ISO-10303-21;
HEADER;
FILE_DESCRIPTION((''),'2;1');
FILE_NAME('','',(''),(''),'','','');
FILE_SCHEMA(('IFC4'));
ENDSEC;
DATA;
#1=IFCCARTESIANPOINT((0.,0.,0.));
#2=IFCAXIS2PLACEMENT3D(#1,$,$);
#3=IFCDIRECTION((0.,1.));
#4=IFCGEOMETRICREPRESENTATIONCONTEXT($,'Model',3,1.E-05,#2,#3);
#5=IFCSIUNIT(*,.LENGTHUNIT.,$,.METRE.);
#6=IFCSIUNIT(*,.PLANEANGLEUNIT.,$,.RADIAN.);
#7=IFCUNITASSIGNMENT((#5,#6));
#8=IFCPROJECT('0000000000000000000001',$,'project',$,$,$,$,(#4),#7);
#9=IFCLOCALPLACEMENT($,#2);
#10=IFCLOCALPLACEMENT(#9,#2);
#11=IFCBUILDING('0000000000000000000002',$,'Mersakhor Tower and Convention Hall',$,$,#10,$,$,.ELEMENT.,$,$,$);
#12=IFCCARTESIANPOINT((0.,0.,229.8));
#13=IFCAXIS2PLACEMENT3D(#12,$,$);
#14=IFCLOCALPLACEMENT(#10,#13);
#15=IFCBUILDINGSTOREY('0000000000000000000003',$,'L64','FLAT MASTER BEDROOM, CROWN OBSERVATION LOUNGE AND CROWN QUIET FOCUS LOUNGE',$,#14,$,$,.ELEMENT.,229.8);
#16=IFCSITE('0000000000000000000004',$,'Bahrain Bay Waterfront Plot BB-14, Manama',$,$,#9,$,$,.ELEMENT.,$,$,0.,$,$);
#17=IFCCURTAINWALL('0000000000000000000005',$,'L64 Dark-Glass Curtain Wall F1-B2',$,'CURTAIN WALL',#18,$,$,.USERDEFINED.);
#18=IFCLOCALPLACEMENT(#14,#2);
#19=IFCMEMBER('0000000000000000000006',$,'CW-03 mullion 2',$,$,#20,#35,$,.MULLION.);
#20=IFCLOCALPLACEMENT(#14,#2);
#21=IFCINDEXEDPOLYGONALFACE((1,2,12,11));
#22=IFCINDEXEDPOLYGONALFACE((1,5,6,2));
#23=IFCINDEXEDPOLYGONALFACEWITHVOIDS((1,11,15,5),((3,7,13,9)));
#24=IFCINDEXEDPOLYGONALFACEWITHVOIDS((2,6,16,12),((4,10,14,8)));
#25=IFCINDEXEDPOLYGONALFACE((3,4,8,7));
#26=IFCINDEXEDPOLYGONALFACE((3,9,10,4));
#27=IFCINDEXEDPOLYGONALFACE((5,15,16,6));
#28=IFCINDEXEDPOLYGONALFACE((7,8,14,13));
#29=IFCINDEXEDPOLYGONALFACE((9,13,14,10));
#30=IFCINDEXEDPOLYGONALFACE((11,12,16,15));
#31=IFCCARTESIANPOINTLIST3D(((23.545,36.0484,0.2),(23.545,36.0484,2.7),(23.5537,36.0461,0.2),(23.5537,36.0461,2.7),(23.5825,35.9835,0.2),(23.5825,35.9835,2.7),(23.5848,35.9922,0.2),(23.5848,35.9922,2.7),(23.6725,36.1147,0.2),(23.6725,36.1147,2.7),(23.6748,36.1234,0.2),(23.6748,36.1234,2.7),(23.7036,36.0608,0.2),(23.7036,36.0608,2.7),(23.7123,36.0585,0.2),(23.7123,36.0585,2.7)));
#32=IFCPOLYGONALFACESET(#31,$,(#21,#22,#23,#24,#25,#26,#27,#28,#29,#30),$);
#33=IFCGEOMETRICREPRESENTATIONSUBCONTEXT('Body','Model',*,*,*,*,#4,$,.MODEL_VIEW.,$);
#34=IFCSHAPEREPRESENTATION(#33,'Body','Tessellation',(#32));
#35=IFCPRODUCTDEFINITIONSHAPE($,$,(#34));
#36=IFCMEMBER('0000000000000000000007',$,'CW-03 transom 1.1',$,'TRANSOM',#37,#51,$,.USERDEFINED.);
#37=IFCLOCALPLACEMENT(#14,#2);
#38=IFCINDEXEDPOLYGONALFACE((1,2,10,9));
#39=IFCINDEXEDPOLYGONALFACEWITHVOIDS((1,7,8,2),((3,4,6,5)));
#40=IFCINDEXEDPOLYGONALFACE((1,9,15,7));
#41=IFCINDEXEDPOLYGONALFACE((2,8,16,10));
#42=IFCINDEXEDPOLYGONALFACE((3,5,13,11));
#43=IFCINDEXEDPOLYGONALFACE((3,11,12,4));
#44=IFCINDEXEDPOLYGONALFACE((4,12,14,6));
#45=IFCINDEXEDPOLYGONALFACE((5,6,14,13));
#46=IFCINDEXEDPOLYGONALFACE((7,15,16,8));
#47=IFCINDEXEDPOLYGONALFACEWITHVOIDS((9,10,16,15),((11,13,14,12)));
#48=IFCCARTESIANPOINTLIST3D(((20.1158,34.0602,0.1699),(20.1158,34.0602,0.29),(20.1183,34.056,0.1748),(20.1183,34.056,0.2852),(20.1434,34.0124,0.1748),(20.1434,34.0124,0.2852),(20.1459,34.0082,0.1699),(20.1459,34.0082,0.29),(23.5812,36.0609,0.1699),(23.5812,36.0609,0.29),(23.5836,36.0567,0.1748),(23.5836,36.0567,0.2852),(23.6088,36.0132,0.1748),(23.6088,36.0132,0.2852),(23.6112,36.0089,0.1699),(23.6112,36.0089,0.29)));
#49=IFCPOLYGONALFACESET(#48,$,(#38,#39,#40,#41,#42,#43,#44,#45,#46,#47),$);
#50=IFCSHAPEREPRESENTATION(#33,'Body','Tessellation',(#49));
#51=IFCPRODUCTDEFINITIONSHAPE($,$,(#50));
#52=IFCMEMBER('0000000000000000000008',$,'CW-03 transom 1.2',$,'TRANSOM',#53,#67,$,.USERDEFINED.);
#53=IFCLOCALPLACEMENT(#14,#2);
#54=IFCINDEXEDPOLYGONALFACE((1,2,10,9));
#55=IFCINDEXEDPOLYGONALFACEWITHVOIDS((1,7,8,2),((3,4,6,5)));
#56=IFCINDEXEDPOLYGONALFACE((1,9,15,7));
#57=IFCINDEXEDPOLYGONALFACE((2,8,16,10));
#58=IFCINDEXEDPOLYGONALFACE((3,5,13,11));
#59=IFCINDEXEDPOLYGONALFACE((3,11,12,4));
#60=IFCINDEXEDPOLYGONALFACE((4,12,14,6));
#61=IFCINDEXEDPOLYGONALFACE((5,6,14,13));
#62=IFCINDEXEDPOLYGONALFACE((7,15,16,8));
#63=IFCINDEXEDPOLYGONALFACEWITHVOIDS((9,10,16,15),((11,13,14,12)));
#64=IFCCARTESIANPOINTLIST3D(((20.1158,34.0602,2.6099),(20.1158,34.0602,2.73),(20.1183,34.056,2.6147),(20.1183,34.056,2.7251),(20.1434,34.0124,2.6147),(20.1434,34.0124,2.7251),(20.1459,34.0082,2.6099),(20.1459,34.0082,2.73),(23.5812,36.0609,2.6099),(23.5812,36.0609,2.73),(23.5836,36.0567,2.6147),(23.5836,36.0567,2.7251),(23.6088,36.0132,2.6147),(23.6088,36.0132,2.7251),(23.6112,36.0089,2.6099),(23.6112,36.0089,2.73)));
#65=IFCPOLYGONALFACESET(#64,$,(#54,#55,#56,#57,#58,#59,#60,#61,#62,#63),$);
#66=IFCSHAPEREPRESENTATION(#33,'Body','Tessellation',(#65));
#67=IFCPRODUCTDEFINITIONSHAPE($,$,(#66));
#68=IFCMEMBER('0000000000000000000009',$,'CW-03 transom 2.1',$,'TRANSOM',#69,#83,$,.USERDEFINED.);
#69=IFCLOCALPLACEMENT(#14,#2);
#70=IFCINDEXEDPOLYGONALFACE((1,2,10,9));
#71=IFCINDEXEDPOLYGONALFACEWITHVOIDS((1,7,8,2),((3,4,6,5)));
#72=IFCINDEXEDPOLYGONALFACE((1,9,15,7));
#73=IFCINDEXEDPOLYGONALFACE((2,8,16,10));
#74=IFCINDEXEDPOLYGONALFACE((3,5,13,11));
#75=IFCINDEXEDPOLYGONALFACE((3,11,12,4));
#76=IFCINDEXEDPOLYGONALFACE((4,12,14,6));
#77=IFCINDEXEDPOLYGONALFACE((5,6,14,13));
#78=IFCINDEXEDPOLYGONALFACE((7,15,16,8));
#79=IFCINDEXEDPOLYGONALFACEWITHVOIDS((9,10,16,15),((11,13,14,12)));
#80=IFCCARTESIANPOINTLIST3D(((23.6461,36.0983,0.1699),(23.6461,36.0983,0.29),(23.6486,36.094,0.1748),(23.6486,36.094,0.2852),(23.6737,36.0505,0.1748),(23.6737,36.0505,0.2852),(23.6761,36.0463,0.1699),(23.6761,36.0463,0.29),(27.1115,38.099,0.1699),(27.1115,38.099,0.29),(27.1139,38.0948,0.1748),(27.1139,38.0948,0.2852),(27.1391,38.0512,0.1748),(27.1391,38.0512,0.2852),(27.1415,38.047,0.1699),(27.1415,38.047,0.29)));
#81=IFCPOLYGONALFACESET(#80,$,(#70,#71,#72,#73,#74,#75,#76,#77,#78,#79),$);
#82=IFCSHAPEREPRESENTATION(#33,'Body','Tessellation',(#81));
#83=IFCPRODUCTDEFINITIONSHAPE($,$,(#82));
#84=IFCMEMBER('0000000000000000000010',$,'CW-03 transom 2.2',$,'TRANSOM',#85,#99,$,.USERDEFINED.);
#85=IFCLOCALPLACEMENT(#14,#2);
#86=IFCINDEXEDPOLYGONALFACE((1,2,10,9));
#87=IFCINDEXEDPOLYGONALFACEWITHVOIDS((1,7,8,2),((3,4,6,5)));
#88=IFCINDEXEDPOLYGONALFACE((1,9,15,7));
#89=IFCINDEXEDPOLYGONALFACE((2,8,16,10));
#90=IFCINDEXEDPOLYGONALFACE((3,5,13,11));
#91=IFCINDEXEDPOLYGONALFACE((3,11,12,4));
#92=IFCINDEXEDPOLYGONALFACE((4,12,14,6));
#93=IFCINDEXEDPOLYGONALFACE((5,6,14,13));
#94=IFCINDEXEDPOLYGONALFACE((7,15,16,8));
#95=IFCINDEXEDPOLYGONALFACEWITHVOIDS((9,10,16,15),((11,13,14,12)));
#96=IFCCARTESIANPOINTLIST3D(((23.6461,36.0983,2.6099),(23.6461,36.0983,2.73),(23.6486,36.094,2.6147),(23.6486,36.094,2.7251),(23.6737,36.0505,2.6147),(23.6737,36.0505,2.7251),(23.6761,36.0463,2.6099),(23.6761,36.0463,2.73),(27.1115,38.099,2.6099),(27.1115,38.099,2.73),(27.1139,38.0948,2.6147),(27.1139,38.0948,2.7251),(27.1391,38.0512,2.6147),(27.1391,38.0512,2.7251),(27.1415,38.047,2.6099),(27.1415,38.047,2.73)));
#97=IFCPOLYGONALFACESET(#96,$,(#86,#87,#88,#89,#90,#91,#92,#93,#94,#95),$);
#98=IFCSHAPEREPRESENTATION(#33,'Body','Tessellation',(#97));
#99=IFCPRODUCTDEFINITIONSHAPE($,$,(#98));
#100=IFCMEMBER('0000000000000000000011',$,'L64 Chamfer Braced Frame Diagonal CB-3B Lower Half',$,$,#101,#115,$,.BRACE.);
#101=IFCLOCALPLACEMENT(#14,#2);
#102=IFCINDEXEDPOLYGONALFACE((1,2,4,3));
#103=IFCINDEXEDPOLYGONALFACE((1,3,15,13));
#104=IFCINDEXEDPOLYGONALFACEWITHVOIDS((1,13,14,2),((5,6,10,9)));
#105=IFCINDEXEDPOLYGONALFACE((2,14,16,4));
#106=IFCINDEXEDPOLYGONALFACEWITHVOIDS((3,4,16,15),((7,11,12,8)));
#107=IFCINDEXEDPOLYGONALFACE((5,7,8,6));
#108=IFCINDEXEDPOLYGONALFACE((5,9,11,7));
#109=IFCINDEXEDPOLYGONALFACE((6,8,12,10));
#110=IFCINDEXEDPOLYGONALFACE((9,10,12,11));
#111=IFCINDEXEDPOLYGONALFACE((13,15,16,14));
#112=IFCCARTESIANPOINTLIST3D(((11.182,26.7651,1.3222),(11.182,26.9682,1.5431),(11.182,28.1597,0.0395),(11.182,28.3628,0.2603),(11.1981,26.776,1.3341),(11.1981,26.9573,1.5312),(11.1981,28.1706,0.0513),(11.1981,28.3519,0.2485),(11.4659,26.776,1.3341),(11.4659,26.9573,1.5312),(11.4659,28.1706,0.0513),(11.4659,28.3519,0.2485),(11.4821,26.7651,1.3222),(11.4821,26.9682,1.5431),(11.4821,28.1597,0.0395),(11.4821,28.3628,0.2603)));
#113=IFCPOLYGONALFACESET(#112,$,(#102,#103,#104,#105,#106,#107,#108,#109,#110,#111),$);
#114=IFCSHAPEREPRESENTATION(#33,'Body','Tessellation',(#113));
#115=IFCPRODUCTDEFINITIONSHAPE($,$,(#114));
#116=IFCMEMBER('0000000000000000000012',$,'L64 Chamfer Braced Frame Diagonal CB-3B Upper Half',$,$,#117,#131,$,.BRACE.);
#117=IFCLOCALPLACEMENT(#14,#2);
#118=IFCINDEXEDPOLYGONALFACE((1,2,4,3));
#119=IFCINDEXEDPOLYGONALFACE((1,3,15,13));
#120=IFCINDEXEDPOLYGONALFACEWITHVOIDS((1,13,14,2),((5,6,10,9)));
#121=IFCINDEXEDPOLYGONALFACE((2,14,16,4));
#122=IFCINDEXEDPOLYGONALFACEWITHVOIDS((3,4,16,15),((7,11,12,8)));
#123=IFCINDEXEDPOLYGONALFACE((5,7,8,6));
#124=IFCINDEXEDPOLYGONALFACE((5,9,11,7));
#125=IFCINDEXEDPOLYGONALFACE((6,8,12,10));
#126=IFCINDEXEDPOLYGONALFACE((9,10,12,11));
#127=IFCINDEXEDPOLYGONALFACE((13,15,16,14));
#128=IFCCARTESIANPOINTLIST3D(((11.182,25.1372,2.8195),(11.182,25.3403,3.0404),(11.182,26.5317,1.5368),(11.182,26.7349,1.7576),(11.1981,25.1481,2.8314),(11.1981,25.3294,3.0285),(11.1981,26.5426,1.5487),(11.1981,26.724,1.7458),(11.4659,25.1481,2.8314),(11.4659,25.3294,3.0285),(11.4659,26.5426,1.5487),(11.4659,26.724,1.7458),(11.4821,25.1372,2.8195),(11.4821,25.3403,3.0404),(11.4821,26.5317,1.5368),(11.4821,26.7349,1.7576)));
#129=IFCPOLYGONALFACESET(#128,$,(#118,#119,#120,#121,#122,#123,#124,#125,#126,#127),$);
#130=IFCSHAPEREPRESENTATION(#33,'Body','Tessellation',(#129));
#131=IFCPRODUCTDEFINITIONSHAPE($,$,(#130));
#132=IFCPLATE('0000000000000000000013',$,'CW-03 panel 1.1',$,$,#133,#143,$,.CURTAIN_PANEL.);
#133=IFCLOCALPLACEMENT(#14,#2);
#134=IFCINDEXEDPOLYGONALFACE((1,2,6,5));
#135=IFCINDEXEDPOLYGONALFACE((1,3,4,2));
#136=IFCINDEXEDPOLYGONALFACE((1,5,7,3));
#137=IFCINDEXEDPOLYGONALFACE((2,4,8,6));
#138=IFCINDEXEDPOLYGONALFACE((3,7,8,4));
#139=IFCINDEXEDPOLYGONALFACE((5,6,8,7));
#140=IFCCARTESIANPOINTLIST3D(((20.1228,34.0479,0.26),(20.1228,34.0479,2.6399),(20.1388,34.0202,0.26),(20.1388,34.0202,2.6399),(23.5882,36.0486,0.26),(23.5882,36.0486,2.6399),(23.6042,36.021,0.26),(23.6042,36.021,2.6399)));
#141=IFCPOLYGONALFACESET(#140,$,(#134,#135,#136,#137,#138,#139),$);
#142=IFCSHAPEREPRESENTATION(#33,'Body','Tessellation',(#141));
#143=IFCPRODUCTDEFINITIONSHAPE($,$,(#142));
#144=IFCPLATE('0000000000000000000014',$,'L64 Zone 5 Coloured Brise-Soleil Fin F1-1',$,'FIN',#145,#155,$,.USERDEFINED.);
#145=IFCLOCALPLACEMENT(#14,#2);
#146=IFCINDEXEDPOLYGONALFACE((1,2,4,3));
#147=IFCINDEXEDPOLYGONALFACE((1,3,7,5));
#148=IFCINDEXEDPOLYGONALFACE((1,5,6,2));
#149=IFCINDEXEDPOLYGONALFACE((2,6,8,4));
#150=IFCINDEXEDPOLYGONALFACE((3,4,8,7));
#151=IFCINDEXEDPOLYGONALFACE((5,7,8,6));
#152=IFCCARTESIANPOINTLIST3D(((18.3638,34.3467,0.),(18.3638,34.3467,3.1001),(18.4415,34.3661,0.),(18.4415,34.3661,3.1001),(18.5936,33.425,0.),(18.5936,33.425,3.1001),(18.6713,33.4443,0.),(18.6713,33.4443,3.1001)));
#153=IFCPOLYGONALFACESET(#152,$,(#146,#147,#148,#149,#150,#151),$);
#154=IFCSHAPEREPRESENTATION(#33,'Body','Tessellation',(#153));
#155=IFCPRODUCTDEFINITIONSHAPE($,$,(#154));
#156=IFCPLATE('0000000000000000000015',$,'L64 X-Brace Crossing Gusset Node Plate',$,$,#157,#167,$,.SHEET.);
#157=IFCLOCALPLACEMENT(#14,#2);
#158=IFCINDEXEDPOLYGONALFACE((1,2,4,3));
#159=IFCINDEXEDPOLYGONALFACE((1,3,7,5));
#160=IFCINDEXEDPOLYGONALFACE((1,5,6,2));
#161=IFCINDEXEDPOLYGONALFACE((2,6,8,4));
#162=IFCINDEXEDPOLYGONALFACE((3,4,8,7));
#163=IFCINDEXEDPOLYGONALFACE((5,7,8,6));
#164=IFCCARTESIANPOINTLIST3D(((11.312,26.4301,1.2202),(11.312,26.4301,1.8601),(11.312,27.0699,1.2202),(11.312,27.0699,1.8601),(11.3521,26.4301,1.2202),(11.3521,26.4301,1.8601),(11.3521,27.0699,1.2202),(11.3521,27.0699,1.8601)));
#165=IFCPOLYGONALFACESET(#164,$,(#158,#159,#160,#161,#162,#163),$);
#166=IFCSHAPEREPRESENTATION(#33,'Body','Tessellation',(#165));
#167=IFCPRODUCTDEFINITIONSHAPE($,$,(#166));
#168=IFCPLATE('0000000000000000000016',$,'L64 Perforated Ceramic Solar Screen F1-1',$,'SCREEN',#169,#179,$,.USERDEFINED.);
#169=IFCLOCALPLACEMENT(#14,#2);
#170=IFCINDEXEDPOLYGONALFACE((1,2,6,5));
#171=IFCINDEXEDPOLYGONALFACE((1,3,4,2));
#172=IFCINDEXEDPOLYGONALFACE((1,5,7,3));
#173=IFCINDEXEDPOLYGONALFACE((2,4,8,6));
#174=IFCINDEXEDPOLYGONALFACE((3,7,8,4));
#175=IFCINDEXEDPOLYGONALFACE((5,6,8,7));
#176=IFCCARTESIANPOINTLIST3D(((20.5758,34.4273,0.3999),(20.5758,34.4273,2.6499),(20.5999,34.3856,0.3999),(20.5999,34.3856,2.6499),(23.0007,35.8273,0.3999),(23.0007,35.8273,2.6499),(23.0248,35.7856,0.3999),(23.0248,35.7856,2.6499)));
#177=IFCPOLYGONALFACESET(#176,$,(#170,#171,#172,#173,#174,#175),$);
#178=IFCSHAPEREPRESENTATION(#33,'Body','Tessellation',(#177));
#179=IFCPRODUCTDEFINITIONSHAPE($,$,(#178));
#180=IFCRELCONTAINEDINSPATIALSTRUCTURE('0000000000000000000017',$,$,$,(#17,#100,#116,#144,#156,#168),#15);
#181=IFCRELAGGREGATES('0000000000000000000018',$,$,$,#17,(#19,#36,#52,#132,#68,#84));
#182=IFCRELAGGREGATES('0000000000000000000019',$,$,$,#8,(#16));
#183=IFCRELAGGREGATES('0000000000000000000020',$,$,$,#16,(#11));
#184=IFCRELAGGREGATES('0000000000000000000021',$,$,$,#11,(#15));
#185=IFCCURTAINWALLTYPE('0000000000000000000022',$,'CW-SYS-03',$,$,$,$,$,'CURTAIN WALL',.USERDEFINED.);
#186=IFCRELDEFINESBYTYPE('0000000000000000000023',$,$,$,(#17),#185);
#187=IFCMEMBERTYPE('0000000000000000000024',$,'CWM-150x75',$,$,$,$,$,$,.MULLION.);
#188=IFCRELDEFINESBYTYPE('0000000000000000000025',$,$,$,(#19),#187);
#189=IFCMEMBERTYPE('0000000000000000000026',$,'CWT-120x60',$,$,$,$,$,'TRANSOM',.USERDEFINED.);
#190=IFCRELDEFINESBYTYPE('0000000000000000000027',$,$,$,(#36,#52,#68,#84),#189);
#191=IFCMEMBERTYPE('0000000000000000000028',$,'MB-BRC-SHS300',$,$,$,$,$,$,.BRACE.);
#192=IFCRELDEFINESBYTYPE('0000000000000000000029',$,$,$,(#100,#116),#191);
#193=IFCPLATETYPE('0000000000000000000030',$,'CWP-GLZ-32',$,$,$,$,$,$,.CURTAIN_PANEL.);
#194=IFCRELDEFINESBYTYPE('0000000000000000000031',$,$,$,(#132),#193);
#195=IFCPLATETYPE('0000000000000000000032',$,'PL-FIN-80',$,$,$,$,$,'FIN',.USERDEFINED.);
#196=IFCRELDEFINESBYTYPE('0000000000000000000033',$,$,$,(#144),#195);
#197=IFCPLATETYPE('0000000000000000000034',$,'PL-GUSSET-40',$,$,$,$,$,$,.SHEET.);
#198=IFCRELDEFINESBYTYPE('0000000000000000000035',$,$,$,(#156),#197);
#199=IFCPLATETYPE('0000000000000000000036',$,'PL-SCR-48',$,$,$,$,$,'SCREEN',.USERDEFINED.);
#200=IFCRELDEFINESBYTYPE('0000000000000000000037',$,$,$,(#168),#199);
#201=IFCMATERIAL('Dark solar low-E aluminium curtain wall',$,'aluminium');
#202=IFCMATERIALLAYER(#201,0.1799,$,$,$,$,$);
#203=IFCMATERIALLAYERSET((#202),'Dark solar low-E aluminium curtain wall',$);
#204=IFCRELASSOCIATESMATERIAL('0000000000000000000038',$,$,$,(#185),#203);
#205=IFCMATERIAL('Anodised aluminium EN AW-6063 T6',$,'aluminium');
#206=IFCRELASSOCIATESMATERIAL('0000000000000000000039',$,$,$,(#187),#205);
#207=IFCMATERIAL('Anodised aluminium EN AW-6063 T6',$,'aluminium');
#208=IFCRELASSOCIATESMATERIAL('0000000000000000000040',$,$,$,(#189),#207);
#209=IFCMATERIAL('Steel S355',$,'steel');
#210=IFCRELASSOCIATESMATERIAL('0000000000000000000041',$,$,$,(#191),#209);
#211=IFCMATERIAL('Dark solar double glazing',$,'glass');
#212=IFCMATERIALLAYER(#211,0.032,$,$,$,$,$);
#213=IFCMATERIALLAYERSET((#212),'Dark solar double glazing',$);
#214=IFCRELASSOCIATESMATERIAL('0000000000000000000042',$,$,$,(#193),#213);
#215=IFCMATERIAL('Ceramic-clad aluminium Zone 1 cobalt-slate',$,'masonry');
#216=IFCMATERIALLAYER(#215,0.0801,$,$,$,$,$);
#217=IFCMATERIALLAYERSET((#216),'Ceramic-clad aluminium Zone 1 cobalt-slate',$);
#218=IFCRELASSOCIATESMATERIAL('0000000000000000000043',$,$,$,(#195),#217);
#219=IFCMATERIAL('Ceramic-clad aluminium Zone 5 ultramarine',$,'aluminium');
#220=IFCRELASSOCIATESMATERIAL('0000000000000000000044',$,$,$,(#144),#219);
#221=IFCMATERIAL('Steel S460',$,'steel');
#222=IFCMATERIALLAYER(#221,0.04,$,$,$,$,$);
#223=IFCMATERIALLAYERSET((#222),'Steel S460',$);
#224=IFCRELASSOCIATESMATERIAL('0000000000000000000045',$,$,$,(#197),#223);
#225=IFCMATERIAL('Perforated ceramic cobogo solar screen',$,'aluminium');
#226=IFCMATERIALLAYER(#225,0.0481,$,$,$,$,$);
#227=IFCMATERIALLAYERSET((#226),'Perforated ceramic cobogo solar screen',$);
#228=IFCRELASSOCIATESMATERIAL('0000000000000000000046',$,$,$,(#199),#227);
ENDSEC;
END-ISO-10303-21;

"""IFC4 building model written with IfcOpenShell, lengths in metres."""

from ifc_helpers import new_model, si_unit, direction, frame, origin, origin_2d, place, context, subcontext, project, spatial, rectangle, hollow_rectangle, extrude, material, layer, layer_set, material_profile, profile_set, type_object, element, aggregate, save


model = new_model("IFC4")

# Units and contexts
model_context = context("Model", 3, precision=1e-05, world=origin(), true_north=direction((0.0, 1.0)))
body_context = subcontext(model_context, "Body", "Model", "MODEL_VIEW")
ifc_project = project(units=[si_unit("LENGTHUNIT", "METRE"), si_unit("PLANEANGLEUNIT", "RADIAN")], contexts=[model_context])

# Site, building, storey
site_placement = place(None, origin())
site = spatial("IfcSite", under=ifc_project, at=site_placement, Name="Bahrain Bay Waterfront Plot BB-14, Manama", CompositionType="ELEMENT", RefElevation=0.0)
building_placement = place(site_placement, origin())
building = spatial("IfcBuilding", under=site, at=building_placement, Name="Mersakhor Tower and Convention Hall", CompositionType="ELEMENT")
storey_placement = place(building_placement, frame((0.0, 0.0, 229.8)))
storey = spatial("IfcBuildingStorey", under=building, at=storey_placement, Name="L64", Description="FLAT MASTER BEDROOM, CROWN OBSERVATION LOUNGE AND CROWN QUIET FOCUS LOUNGE", CompositionType="ELEMENT", Elevation=229.8)

# Curtain wall, members
ifc_material_1 = material(Name="Dark solar low-E aluminium curtain wall", Category="aluminium")
ifc_layer_1 = layer(ifc_material_1, 0.1799)
ifc_layer_set_1 = layer_set([ifc_layer_1], Name="Dark solar low-E aluminium curtain wall")
curtain_wall_type = type_object("IfcCurtainWallType", Name="CW-SYS-03", ElementType="CURTAIN WALL", PredefinedType="USERDEFINED", material=ifc_layer_set_1)
curtain_wall_placement = place(storey_placement, origin())
curtain_wall = element("IfcCurtainWall", 1, at=curtain_wall_placement, inside=storey, type_object=curtain_wall_type, Name="L64 Dark-Glass Curtain Wall F1-B2", ObjectType="CURTAIN WALL", PredefinedType="USERDEFINED")
ifc_material_2 = material(Name="Anodised aluminium EN AW-6063 T6", Category="aluminium")
ifc_material_profile_1 = material_profile(ifc_material_2, hollow_rectangle(XDim=0.075, YDim=0.1499, WallThickness=0.0063, at=origin_2d()), Name="RHS 150x75x6.3")
ifc_profile_set_1 = profile_set([ifc_material_profile_1], Name="Anodised aluminium EN AW-6063 T6")
member_type_1 = type_object("IfcMemberType", Name="CWM-150x75", PredefinedType="MULLION", material=ifc_profile_set_1)
member_1_placement = place(storey_placement, frame((23.6287, 36.0535, 0.2), z_axis=(0.0, 0.0, 1.0), x_axis=(-0.500004, 0.866023, 0.0)))
member_1 = element("IfcMember", 2, at=member_1_placement, type_object=member_type_1, Name="CW-03 mullion 2", PredefinedType="MULLION", context=body_context, shape_type="SweptSolid", body=[
    extrude(hollow_rectangle(XDim=0.075, YDim=0.1499, WallThickness=0.0063, at=origin_2d()), origin(), (0.0, 0.0, 1.0), 2.5),
])
ifc_material_3 = material(Name="Anodised aluminium EN AW-6063 T6", Category="aluminium")
ifc_material_profile_2 = material_profile(ifc_material_3, hollow_rectangle(XDim=0.0601, YDim=0.1201, WallThickness=0.0049, at=origin_2d()), Name="RHS 120x60x5")
ifc_profile_set_2 = profile_set([ifc_material_profile_2], Name="Anodised aluminium EN AW-6063 T6")
member_type_2 = type_object("IfcMemberType", Name="CWT-120x60", ElementType="TRANSOM", PredefinedType="USERDEFINED", material=ifc_profile_set_2)
member_2_placement = place(storey_placement, frame((20.1309, 34.0342, 0.23), z_axis=(0.866023, 0.500004, 0.0), x_axis=(-0.500004, 0.866023, 0.0)))
member_2 = element("IfcMember", 3, at=member_2_placement, type_object=member_type_2, Name="CW-03 transom 1.1", ObjectType="TRANSOM", PredefinedType="USERDEFINED", context=body_context, shape_type="SweptSolid", body=[
    extrude(hollow_rectangle(XDim=0.0601, YDim=0.1201, WallThickness=0.0049, at=origin_2d()), origin(), (0.0, 0.0, 1.0), 4.0015),
])
member_3_placement = place(storey_placement, frame((20.1309, 34.0342, 2.6699), z_axis=(0.866023, 0.500004, 0.0), x_axis=(-0.500004, 0.866023, 0.0)))
member_3 = element("IfcMember", 4, at=member_3_placement, type_object=member_type_2, Name="CW-03 transom 1.2", ObjectType="TRANSOM", PredefinedType="USERDEFINED", context=body_context, shape_type="SweptSolid", body=[
    extrude(hollow_rectangle(XDim=0.0601, YDim=0.1201, WallThickness=0.0049, at=origin_2d()), origin(), (0.0, 0.0, 1.0), 4.0015),
])
member_4_placement = place(storey_placement, frame((23.6611, 36.0723, 0.23), z_axis=(0.866023, 0.500004, 0.0), x_axis=(-0.500004, 0.866023, 0.0)))
member_4 = element("IfcMember", 5, at=member_4_placement, type_object=member_type_2, Name="CW-03 transom 2.1", ObjectType="TRANSOM", PredefinedType="USERDEFINED", context=body_context, shape_type="SweptSolid", body=[
    extrude(hollow_rectangle(XDim=0.0601, YDim=0.1201, WallThickness=0.0049, at=origin_2d()), origin(), (0.0, 0.0, 1.0), 4.0015),
])
member_5_placement = place(storey_placement, frame((23.6611, 36.0723, 2.6699), z_axis=(0.866023, 0.500004, 0.0), x_axis=(-0.500004, 0.866023, 0.0)))
member_5 = element("IfcMember", 6, at=member_5_placement, type_object=member_type_2, Name="CW-03 transom 2.2", ObjectType="TRANSOM", PredefinedType="USERDEFINED", context=body_context, shape_type="SweptSolid", body=[
    extrude(hollow_rectangle(XDim=0.0601, YDim=0.1201, WallThickness=0.0049, at=origin_2d()), origin(), (0.0, 0.0, 1.0), 4.0015),
])

# Members
ifc_material_4 = material(Name="Steel S355", Category="steel")
ifc_material_profile_3 = material_profile(ifc_material_4, hollow_rectangle(XDim=0.3, YDim=0.3, WallThickness=0.0161, at=origin_2d()), Name="SHS 300x300x16")
ifc_profile_set_3 = profile_set([ifc_material_profile_3], Name="Steel S355")
member_type_3 = type_object("IfcMemberType", Name="MB-BRC-SHS300", PredefinedType="BRACE", material=ifc_profile_set_3)
for number, where, z_axis, x_axis, name in (
    (7, (11.332, 28.2612, 0.1499), (0.0, -0.735998, 0.676984), (1.0, 0.0, 0.0), "L64 Chamfer Braced Frame Diagonal CB-3B Lower Half"),
    (8, (11.332, 26.6333, 1.6472), (0.0, -0.735998, 0.676984), (1.0, 0.0, 0.0), "L64 Chamfer Braced Frame Diagonal CB-3B Upper Half"),
):
    element("IfcMember", number, at=place(storey_placement, frame(where, z_axis=z_axis, x_axis=x_axis)), inside=storey, type_object=member_type_3, Name=name, PredefinedType="BRACE", context=body_context, shape_type="SweptSolid", body=[
        extrude(hollow_rectangle(XDim=0.3, YDim=0.3, WallThickness=0.0161, at=origin_2d()), origin(), (0.0, 0.0, 1.0), 1.8948),
    ])

# Plate
ifc_material_5 = material(Name="Dark solar double glazing", Category="glass")
ifc_layer_2 = layer(ifc_material_5, 0.032)
ifc_layer_set_2 = layer_set([ifc_layer_2], Name="Dark solar double glazing")
plate_type_1 = type_object("IfcPlateType", Name="CWP-GLZ-32", PredefinedType="CURTAIN_PANEL", material=ifc_layer_set_2)
plate_1_placement = place(storey_placement, frame((21.8635, 35.0344, 0.26), z_axis=(0.0, 0.0, 1.0), x_axis=(0.866023, 0.500004, 0.0)))
plate_1 = element("IfcPlate", 9, at=plate_1_placement, type_object=plate_type_1, Name="CW-03 panel 1.1", PredefinedType="CURTAIN_PANEL", context=body_context, shape_type="SweptSolid", body=[
    extrude(rectangle(XDim=4.0015, YDim=0.032, at=origin_2d()), origin(), (0.0, 0.0, 1.0), 2.3799),
])
aggregate(curtain_wall, [member_1, member_2, member_3, plate_1, member_4, member_5])

# Plates
ifc_material_6 = material(Name="Ceramic-clad aluminium Zone 5 ultramarine", Category="aluminium")
ifc_material_7 = material(Name="Ceramic-clad aluminium Zone 1 cobalt-slate", Category="masonry")
ifc_layer_3 = layer(ifc_material_7, 0.0801)
ifc_layer_set_3 = layer_set([ifc_layer_3], Name="Ceramic-clad aluminium Zone 1 cobalt-slate")
plate_type_2 = type_object("IfcPlateType", Name="PL-FIN-80", ElementType="FIN", PredefinedType="USERDEFINED", material=ifc_layer_set_3)
plate_2_placement = place(storey_placement, frame((18.5176, 33.8955, 0.0), z_axis=(0.0, 0.0, 1.0), x_axis=(-0.241922, 0.970296, 0.0)))
element("IfcPlate", 10, at=plate_2_placement, inside=storey, type_object=plate_type_2, material=ifc_material_6, Name="L64 Zone 5 Coloured Brise-Soleil Fin F1-1", ObjectType="FIN", PredefinedType="USERDEFINED", context=body_context, shape_type="SweptSolid", body=[
    extrude(rectangle(XDim=0.95, YDim=0.0801, at=origin_2d()), origin(), (0.0, 0.0, 1.0), 3.1001),
])
ifc_material_8 = material(Name="Steel S460", Category="steel")
ifc_layer_4 = layer(ifc_material_8, 0.04)
ifc_layer_set_4 = layer_set([ifc_layer_4], Name="Steel S460")
plate_type_3 = type_object("IfcPlateType", Name="PL-GUSSET-40", PredefinedType="SHEET", material=ifc_layer_set_4)
plate_3_placement = place(storey_placement, frame((11.332, 26.75, 1.2202), z_axis=(0.0, 0.0, 1.0), x_axis=(0.0, -1.0, 0.0)))
element("IfcPlate", 11, at=plate_3_placement, inside=storey, type_object=plate_type_3, Name="L64 X-Brace Crossing Gusset Node Plate", PredefinedType="SHEET", context=body_context, shape_type="SweptSolid", body=[
    extrude(rectangle(XDim=0.6399, YDim=0.04, at=origin_2d()), origin(), (0.0, 0.0, 1.0), 0.6399),
])
ifc_material_9 = material(Name="Perforated ceramic cobogo solar screen", Category="aluminium")
ifc_layer_5 = layer(ifc_material_9, 0.0481)
ifc_layer_set_5 = layer_set([ifc_layer_5], Name="Perforated ceramic cobogo solar screen")
plate_type_4 = type_object("IfcPlateType", Name="PL-SCR-48", ElementType="SCREEN", PredefinedType="USERDEFINED", material=ifc_layer_set_5)
plate_4_placement = place(storey_placement, frame((21.8003, 35.1064, 0.3999), z_axis=(0.0, 0.0, 1.0), x_axis=(0.866025, 0.5, 0.0)))
element("IfcPlate", 12, at=plate_4_placement, inside=storey, type_object=plate_type_4, Name="L64 Perforated Ceramic Solar Screen F1-1", ObjectType="SCREEN", PredefinedType="USERDEFINED", context=body_context, shape_type="SweptSolid", body=[
    extrude(rectangle(XDim=2.8, YDim=0.0481, at=origin_2d()), origin(), (0.0, 0.0, 1.0), 2.25),
])

save(model, "model.ifc")
